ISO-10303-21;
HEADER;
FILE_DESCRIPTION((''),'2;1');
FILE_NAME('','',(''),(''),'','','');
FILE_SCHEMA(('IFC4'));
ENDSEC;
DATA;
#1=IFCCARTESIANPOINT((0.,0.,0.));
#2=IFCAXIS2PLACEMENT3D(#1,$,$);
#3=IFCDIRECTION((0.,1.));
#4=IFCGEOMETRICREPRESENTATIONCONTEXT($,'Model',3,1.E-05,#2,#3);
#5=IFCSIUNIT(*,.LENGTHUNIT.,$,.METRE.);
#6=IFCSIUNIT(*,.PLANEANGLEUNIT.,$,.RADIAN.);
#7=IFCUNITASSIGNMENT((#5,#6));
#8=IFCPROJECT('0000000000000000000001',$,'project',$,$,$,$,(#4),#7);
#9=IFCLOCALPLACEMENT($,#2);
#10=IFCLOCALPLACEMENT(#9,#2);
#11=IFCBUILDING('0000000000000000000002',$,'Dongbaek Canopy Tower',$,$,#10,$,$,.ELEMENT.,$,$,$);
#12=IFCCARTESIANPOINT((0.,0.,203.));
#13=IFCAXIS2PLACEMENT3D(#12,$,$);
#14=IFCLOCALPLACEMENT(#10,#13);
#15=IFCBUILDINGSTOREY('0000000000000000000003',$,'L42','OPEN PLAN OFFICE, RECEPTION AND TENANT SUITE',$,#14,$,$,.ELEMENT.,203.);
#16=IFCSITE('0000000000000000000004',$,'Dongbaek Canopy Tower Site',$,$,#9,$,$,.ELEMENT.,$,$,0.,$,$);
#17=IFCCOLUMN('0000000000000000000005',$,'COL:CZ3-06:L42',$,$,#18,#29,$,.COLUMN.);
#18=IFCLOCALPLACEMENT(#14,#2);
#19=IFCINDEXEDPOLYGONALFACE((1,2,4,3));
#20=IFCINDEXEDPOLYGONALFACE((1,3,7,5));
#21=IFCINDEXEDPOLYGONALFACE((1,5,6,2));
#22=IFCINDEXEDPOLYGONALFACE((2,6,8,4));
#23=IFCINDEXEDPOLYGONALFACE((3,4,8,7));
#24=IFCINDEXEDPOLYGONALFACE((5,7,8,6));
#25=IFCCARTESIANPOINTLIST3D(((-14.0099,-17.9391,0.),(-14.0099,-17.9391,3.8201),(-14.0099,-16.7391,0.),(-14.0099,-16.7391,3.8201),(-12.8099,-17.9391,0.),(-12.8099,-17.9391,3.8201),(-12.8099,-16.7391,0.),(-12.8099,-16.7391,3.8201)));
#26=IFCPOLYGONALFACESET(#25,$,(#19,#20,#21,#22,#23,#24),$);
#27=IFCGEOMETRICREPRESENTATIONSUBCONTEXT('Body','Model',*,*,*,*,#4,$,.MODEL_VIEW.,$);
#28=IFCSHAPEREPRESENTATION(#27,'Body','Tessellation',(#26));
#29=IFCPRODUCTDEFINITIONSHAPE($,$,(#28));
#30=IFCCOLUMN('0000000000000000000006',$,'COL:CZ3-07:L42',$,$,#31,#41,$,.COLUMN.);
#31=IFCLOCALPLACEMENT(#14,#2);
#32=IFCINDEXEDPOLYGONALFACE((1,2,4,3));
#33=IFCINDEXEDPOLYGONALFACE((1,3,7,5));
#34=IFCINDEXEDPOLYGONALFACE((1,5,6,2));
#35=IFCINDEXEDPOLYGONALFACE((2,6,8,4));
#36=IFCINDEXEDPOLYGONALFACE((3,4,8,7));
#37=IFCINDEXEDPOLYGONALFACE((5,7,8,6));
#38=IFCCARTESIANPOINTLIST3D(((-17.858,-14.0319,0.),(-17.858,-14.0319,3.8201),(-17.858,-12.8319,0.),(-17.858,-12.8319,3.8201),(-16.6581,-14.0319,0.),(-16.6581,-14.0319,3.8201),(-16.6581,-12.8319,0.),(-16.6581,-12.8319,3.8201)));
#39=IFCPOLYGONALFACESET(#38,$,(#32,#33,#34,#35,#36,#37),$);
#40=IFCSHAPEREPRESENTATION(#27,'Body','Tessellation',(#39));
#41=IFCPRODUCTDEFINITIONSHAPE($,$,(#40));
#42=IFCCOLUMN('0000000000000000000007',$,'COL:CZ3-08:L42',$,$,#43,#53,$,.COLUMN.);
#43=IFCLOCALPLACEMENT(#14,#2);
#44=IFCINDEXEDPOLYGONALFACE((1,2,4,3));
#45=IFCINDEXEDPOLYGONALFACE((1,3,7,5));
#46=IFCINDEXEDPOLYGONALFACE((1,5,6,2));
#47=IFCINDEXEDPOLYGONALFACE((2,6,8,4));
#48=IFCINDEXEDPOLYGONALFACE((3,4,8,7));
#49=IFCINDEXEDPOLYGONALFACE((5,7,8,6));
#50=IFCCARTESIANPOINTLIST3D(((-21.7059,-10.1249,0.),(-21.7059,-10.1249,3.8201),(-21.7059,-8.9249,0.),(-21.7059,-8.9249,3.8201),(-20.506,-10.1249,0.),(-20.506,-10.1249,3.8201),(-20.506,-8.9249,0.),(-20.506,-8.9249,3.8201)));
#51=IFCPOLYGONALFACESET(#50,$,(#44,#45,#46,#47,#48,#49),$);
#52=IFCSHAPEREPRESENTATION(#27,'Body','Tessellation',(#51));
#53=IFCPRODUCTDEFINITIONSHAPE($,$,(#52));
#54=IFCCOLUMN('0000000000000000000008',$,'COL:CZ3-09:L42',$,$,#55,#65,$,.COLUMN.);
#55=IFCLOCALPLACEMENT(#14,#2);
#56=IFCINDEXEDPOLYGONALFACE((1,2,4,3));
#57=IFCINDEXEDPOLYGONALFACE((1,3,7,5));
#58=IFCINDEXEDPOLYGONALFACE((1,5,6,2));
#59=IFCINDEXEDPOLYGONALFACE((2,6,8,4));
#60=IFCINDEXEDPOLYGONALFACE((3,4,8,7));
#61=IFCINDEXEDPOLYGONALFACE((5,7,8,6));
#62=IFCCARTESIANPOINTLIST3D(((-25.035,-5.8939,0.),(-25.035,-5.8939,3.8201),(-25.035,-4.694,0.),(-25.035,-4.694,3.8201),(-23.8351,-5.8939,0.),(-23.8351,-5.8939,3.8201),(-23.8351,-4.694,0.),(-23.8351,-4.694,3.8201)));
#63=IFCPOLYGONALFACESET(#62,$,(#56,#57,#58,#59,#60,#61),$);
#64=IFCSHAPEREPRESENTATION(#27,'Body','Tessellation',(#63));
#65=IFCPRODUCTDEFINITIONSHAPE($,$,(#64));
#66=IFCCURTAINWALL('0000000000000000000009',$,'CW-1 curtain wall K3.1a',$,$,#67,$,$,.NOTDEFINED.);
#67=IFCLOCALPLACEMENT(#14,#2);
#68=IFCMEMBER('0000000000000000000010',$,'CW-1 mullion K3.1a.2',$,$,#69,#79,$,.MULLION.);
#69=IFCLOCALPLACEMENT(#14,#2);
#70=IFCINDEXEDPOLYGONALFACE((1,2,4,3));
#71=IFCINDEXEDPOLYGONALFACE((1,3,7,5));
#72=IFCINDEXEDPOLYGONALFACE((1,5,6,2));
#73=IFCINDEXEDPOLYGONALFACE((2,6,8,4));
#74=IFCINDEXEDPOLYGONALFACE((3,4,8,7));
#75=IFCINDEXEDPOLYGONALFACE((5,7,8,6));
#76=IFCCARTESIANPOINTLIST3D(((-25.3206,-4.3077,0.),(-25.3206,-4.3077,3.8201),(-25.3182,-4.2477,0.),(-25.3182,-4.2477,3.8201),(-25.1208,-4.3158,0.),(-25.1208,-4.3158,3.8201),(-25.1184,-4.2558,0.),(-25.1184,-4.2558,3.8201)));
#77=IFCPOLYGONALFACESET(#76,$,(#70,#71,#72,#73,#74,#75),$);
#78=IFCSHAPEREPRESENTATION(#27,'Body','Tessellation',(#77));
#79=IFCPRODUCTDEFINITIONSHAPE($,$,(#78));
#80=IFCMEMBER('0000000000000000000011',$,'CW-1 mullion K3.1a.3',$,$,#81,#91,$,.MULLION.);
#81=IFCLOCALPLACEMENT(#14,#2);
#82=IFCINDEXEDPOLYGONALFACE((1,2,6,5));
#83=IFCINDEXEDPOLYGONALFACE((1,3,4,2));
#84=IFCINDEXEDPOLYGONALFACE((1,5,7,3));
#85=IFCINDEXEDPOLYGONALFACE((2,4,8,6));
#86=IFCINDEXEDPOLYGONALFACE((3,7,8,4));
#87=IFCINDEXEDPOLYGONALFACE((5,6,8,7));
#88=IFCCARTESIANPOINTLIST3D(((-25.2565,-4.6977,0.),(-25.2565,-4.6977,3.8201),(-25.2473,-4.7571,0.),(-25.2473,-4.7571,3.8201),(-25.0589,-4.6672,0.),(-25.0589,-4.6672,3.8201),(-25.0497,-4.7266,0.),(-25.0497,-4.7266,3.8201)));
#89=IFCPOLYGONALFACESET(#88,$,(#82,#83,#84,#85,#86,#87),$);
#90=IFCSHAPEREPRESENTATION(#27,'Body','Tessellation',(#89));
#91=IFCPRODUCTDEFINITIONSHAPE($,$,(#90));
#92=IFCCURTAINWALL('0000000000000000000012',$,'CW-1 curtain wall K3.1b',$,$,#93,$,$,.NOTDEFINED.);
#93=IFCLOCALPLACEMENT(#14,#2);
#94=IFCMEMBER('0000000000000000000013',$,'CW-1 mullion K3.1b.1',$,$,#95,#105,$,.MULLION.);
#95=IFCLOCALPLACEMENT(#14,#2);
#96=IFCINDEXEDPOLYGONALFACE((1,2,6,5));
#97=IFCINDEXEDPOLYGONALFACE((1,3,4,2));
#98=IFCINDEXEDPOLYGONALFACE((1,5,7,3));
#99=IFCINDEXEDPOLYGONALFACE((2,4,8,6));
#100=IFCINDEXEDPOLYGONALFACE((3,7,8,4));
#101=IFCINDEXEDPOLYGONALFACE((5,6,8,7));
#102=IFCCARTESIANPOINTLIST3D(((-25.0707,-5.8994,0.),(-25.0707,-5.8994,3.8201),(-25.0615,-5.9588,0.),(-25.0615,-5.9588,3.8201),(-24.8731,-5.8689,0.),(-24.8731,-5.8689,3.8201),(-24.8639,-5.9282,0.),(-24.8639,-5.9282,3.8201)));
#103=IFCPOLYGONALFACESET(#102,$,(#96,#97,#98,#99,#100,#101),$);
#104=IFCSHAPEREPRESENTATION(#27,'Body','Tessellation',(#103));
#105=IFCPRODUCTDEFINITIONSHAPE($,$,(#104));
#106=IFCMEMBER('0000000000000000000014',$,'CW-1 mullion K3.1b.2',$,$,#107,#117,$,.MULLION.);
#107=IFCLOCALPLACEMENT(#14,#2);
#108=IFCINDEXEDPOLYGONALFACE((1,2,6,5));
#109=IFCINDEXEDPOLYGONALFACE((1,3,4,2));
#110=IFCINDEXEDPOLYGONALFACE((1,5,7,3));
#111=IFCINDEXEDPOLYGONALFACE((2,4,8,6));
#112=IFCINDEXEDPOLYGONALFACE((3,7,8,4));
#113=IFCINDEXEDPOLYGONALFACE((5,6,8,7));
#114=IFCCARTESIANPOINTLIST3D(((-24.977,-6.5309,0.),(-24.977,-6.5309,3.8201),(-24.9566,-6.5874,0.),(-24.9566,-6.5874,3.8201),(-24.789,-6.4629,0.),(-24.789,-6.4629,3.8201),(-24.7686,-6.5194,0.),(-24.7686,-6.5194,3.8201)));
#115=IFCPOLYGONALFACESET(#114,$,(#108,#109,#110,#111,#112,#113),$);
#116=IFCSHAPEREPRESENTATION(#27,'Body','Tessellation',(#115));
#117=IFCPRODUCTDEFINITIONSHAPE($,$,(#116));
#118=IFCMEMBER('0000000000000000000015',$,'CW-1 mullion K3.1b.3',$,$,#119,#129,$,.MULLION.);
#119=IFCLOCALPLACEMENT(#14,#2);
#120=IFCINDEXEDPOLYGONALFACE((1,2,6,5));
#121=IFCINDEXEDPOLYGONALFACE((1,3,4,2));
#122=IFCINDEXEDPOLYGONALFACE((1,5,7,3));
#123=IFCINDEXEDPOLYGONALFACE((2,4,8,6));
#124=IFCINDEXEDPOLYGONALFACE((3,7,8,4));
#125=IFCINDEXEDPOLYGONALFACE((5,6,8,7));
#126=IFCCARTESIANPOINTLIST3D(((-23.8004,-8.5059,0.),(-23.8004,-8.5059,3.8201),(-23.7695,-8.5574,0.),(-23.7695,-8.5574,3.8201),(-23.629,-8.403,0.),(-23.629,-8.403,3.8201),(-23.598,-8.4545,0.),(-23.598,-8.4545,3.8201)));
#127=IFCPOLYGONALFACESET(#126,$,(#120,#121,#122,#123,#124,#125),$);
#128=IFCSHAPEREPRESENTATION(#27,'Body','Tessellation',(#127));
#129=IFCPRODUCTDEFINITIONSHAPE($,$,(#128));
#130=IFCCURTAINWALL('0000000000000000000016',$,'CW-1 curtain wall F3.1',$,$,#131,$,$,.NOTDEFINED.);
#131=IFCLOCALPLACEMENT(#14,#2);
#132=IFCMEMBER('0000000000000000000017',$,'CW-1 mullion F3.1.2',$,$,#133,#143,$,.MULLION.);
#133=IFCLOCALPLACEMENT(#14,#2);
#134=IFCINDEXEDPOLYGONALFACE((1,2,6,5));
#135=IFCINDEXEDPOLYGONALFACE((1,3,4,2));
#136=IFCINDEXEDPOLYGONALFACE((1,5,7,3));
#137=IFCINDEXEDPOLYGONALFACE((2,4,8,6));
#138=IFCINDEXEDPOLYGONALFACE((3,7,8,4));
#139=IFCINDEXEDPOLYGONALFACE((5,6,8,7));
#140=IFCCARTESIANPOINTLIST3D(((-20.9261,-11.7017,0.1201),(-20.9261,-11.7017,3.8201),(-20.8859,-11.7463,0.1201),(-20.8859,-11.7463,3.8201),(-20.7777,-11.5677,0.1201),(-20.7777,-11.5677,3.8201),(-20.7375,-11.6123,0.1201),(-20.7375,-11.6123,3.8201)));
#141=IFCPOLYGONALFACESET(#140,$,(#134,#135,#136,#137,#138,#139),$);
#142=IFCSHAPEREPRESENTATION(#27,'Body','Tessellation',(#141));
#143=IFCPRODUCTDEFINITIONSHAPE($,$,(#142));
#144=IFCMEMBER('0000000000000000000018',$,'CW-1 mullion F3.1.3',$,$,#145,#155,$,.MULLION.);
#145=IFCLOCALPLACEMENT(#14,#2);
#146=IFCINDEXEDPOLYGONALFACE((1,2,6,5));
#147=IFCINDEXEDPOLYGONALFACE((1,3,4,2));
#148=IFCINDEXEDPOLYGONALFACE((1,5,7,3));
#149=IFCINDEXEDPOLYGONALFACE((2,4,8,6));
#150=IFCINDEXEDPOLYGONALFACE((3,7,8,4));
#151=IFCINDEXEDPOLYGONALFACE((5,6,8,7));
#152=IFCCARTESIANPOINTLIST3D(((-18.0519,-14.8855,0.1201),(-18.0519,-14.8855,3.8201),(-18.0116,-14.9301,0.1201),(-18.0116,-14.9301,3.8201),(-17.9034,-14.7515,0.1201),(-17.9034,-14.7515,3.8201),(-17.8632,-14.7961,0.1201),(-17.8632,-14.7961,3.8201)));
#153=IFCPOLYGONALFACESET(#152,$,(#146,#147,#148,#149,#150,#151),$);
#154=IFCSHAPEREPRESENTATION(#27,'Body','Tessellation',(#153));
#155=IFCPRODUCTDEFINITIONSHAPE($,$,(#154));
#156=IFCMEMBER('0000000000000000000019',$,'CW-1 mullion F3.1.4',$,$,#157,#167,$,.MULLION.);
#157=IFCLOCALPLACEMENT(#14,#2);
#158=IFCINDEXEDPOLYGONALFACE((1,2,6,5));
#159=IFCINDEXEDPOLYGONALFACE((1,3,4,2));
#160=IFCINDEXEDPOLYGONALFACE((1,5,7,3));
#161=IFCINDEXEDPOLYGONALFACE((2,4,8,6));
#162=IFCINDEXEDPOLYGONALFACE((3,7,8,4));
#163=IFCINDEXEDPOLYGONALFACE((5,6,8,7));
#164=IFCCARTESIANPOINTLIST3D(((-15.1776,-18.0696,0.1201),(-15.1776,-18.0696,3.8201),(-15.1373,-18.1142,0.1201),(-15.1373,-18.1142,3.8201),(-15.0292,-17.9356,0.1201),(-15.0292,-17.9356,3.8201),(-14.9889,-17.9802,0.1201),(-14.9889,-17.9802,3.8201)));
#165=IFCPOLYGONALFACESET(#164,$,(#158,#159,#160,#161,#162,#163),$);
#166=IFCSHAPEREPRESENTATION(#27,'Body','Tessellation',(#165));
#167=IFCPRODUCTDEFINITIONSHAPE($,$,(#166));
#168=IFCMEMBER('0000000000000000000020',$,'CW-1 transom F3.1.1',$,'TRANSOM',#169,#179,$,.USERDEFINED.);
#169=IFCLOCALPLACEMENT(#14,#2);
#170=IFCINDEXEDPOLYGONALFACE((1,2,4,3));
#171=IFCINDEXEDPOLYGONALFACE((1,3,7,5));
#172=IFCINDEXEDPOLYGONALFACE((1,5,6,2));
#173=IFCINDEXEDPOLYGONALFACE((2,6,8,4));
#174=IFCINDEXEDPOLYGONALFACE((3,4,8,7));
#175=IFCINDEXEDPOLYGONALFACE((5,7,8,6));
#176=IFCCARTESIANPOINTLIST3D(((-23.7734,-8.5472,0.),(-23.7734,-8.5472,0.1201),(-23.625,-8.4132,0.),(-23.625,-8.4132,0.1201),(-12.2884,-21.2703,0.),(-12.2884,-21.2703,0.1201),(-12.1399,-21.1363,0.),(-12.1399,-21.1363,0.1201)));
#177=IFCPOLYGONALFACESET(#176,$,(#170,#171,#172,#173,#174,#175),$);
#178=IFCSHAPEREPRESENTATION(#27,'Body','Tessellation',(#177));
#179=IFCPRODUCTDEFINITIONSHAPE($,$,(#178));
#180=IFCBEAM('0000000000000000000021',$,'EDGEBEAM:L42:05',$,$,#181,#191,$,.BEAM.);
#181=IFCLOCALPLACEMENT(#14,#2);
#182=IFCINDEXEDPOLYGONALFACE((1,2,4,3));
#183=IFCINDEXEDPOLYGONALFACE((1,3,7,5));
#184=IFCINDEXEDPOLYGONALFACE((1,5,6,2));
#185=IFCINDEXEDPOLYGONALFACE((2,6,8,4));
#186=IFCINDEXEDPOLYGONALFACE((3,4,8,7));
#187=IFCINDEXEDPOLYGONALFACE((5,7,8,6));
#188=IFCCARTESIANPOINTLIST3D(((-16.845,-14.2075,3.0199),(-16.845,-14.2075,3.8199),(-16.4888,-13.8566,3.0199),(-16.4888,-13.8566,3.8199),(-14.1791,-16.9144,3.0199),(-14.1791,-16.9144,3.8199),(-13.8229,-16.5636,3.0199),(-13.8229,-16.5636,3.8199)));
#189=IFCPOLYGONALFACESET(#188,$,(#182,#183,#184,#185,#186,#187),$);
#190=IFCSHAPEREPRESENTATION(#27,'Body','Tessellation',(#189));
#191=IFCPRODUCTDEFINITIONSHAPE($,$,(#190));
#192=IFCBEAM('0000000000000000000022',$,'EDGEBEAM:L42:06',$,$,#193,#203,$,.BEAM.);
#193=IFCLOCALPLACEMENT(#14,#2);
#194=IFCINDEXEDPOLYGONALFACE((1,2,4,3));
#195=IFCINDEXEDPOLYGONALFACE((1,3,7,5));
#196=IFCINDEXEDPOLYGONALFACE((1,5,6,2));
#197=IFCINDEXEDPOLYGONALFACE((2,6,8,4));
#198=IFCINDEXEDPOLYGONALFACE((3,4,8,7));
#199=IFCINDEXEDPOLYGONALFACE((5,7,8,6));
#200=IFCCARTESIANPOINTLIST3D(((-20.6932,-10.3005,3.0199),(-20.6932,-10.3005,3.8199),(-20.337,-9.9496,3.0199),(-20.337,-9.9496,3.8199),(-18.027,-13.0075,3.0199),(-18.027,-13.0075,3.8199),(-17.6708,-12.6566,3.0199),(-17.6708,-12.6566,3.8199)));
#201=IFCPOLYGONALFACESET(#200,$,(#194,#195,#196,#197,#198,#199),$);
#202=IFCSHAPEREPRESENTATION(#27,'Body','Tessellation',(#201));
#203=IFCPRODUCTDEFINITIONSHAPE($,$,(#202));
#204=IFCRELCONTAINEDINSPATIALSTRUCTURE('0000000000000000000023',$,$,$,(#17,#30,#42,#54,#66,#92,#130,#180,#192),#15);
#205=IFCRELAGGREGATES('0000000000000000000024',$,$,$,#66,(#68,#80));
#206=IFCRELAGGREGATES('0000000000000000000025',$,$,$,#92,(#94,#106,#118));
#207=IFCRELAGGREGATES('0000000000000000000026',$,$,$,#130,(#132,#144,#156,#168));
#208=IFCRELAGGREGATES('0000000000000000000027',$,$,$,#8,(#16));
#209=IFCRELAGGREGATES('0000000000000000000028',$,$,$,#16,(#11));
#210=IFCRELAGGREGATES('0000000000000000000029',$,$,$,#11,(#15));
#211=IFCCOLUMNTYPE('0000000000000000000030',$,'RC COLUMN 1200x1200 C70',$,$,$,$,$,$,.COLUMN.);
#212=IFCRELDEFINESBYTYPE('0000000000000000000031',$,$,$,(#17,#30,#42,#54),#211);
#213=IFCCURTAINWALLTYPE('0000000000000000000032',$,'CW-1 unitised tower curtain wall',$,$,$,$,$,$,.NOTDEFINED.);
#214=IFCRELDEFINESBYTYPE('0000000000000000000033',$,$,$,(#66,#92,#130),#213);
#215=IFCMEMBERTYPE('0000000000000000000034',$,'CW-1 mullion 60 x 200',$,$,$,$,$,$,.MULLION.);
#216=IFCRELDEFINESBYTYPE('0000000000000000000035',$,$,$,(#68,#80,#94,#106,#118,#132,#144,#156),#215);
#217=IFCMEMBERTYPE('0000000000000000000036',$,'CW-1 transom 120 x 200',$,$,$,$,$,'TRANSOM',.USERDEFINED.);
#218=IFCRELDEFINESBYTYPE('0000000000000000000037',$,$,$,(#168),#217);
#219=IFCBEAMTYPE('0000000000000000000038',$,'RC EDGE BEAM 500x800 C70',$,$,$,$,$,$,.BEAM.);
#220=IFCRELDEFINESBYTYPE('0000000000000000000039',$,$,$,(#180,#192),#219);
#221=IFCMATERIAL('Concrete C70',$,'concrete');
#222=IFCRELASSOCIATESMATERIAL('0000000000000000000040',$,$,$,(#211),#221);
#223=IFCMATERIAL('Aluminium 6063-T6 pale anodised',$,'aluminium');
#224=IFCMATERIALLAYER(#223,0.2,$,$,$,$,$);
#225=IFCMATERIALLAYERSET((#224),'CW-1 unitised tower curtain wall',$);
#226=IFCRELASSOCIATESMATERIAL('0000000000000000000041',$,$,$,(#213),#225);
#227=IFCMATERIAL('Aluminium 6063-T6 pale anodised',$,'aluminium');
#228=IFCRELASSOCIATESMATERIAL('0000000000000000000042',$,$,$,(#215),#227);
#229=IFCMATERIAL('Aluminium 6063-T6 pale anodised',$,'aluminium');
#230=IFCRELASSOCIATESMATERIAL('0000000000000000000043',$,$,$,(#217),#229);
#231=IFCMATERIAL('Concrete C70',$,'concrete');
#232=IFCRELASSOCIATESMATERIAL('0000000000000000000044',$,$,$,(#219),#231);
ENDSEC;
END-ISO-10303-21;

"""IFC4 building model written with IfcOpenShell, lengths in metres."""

from ifc_helpers import new_model, si_unit, direction, frame, origin, origin_2d, place, context, subcontext, project, spatial, rectangle, extrude, material, layer, layer_set, material_profile, profile_set, type_object, element, aggregate, save


model = new_model("IFC4")

# Units and contexts
model_context = context("Model", 3, precision=1e-05, world=origin(), true_north=direction((0.0, 1.0)))
body_context = subcontext(model_context, "Body", "Model", "MODEL_VIEW")
ifc_project = project(units=[si_unit("LENGTHUNIT", "METRE"), si_unit("PLANEANGLEUNIT", "RADIAN")], contexts=[model_context])

# Site, building, storey
site_placement = place(None, origin())
site = spatial("IfcSite", under=ifc_project, at=site_placement, Name="Dongbaek Canopy Tower Site", CompositionType="ELEMENT", RefElevation=0.0)
building_placement = place(site_placement, origin())
building = spatial("IfcBuilding", under=site, at=building_placement, Name="Dongbaek Canopy Tower", CompositionType="ELEMENT")
storey_placement = place(building_placement, frame((0.0, 0.0, 203.0)))
storey = spatial("IfcBuildingStorey", under=building, at=storey_placement, Name="L42", Description="OPEN PLAN OFFICE, RECEPTION AND TENANT SUITE", CompositionType="ELEMENT", Elevation=203.0)

# Columns
ifc_material_1 = material(Name="Concrete C70", Category="concrete")
ifc_material_profile_1 = material_profile(ifc_material_1, rectangle(XDim=1.2, YDim=1.2, at=origin_2d()), Name="RC COLUMN 1200x1200 C70")
ifc_profile_set_1 = profile_set([ifc_material_profile_1], Name="Concrete C70")
column_type = type_object("IfcColumnType", Name="RC COLUMN 1200x1200 C70", PredefinedType="COLUMN", material=ifc_profile_set_1)
for number, where, z_axis, x_axis, name in (
    (1, (-13.4099, -17.3391, 0.0), (0.0, 0.0, 1.0), (1.0, 0.0, 0.0), "COL:CZ3-06:L42"),
    (2, (-17.2581, -13.4319, 0.0), (0.0, 0.0, 1.0), (1.0, 0.0, 0.0), "COL:CZ3-07:L42"),
    (3, (-21.106, -9.5249, 0.0), (0.0, 0.0, 1.0), (1.0, 0.0, 0.0), "COL:CZ3-08:L42"),
    (4, (-24.4351, -5.2939, 0.0), (0.0, 0.0, 1.0), (1.0, 0.0, 0.0), "COL:CZ3-09:L42"),
):
    element("IfcColumn", number, at=place(storey_placement, frame(where, z_axis=z_axis, x_axis=x_axis)), inside=storey, type_object=column_type, Name=name, PredefinedType="COLUMN", context=body_context, shape_type="SweptSolid", body=[
        extrude(rectangle(XDim=1.2, YDim=1.2, at=origin_2d()), origin(), (0.0, 0.0, 1.0), 3.8201),
    ])

# Curtain walls, members
ifc_material_2 = material(Name="Aluminium 6063-T6 pale anodised", Category="aluminium")
ifc_layer_1 = layer(ifc_material_2, 0.2)
ifc_layer_set_1 = layer_set([ifc_layer_1], Name="CW-1 unitised tower curtain wall")
curtain_wall_type = type_object("IfcCurtainWallType", Name="CW-1 unitised tower curtain wall", PredefinedType="NOTDEFINED", material=ifc_layer_set_1)
curtain_wall_1_placement = place(storey_placement, origin())
curtain_wall_1 = element("IfcCurtainWall", 5, at=curtain_wall_1_placement, inside=storey, type_object=curtain_wall_type, Name="CW-1 curtain wall K3.1a", PredefinedType="NOTDEFINED")
ifc_material_3 = material(Name="Aluminium 6063-T6 pale anodised", Category="aluminium")
ifc_material_profile_2 = material_profile(ifc_material_3, rectangle(XDim=0.2, YDim=0.0601, at=origin_2d()), Name="CW-1 mullion 60 x 200")
ifc_profile_set_2 = profile_set([ifc_material_profile_2], Name="Aluminium 6063-T6 pale anodised")
member_type_1 = type_object("IfcMemberType", Name="CW-1 mullion 60 x 200", PredefinedType="MULLION", material=ifc_profile_set_2)
member_1_placement = place(storey_placement, frame((-25.2195, -4.2817, 0.0), z_axis=(0.0, 0.0, 1.0), x_axis=(-0.999186, 0.040338, 0.0)))
member_1 = element("IfcMember", 6, at=member_1_placement, type_object=member_type_1, Name="CW-1 mullion K3.1a.2", PredefinedType="MULLION", context=body_context, shape_type="SweptSolid", body=[
    extrude(rectangle(XDim=0.2, YDim=0.0601, at=origin_2d()), origin(), (0.0, 0.0, 1.0), 3.8201),
])
member_2_placement = place(storey_placement, frame((-25.1531, -4.7122, 0.0), z_axis=(0.0, 0.0, 1.0), x_axis=(-0.988271, -0.152713, 0.0)))
member_2 = element("IfcMember", 7, at=member_2_placement, type_object=member_type_1, Name="CW-1 mullion K3.1a.3", PredefinedType="MULLION", context=body_context, shape_type="SweptSolid", body=[
    extrude(rectangle(XDim=0.2, YDim=0.0601, at=origin_2d()), origin(), (0.0, 0.0, 1.0), 3.8201),
])
curtain_wall_2_placement = place(storey_placement, origin())
curtain_wall_2 = element("IfcCurtainWall", 8, at=curtain_wall_2_placement, inside=storey, type_object=curtain_wall_type, Name="CW-1 curtain wall K3.1b", PredefinedType="NOTDEFINED")
member_3_placement = place(storey_placement, frame((-24.9673, -5.9138, 0.0), z_axis=(0.0, 0.0, 1.0), x_axis=(-0.988271, -0.152713, 0.0)))
member_3 = element("IfcMember", 9, at=member_3_placement, type_object=member_type_1, Name="CW-1 mullion K3.1b.1", PredefinedType="MULLION", context=body_context, shape_type="SweptSolid", body=[
    extrude(rectangle(XDim=0.2, YDim=0.0601, at=origin_2d()), origin(), (0.0, 0.0, 1.0), 3.8201),
])
member_4_placement = place(storey_placement, frame((-24.8728, -6.5251, 0.0), z_axis=(0.0, 0.0, 1.0), x_axis=(-0.940406, -0.340055, 0.0)))
member_4 = element("IfcMember", 10, at=member_4_placement, type_object=member_type_1, Name="CW-1 mullion K3.1b.2", PredefinedType="MULLION", context=body_context, shape_type="SweptSolid", body=[
    extrude(rectangle(XDim=0.2, YDim=0.0601, at=origin_2d()), origin(), (0.0, 0.0, 1.0), 3.8201),
])
member_5_placement = place(storey_placement, frame((-23.6992, -8.4802, 0.0), z_axis=(0.0, 0.0, 1.0), x_axis=(-0.857381, -0.514683, 0.0)))
member_5 = element("IfcMember", 11, at=member_5_placement, type_object=member_type_1, Name="CW-1 mullion K3.1b.3", PredefinedType="MULLION", context=body_context, shape_type="SweptSolid", body=[
    extrude(rectangle(XDim=0.2, YDim=0.0601, at=origin_2d()), origin(), (0.0, 0.0, 1.0), 3.8201),
])
curtain_wall_3_placement = place(storey_placement, origin())
curtain_wall_3 = element("IfcCurtainWall", 12, at=curtain_wall_3_placement, inside=storey, type_object=curtain_wall_type, Name="CW-1 curtain wall F3.1", PredefinedType="NOTDEFINED")
member_6_placement = place(storey_placement, frame((-20.8318, -11.657, 0.1201), z_axis=(0.0, 0.0, 1.0), x_axis=(-0.7423, -0.670068, 0.0)))
member_6 = element("IfcMember", 13, at=member_6_placement, type_object=member_type_1, Name="CW-1 mullion F3.1.2", PredefinedType="MULLION", context=body_context, shape_type="SweptSolid", body=[
    extrude(rectangle(XDim=0.2, YDim=0.0601, at=origin_2d()), origin(), (0.0, 0.0, 1.0), 3.7),
])
member_7_placement = place(storey_placement, frame((-17.9575, -14.8408, 0.1201), z_axis=(0.0, 0.0, 1.0), x_axis=(-0.7423, -0.670068, 0.0)))
member_7 = element("IfcMember", 14, at=member_7_placement, type_object=member_type_1, Name="CW-1 mullion F3.1.3", PredefinedType="MULLION", context=body_context, shape_type="SweptSolid", body=[
    extrude(rectangle(XDim=0.2, YDim=0.0601, at=origin_2d()), origin(), (0.0, 0.0, 1.0), 3.7),
])
member_8_placement = place(storey_placement, frame((-15.0833, -18.0249, 0.1201), z_axis=(0.0, 0.0, 1.0), x_axis=(-0.7423, -0.670068, 0.0)))
member_8 = element("IfcMember", 15, at=member_8_placement, type_object=member_type_1, Name="CW-1 mullion F3.1.4", PredefinedType="MULLION", context=body_context, shape_type="SweptSolid", body=[
    extrude(rectangle(XDim=0.2, YDim=0.0601, at=origin_2d()), origin(), (0.0, 0.0, 1.0), 3.7),
])
ifc_material_4 = material(Name="Aluminium 6063-T6 pale anodised", Category="aluminium")
ifc_material_profile_3 = material_profile(ifc_material_4, rectangle(XDim=0.2, YDim=0.1201, at=origin_2d()), Name="CW-1 transom 120 x 200")
ifc_profile_set_3 = profile_set([ifc_material_profile_3], Name="Aluminium 6063-T6 pale anodised")
member_type_2 = type_object("IfcMemberType", Name="CW-1 transom 120 x 200", ElementType="TRANSOM", PredefinedType="USERDEFINED", material=ifc_profile_set_3)
member_9_placement = place(storey_placement, frame((-23.6992, -8.4802, 0.0601), z_axis=(0.670069, -0.742299, 0.0), x_axis=(0.742299, 0.670069, 0.0)))
member_9 = element("IfcMember", 16, at=member_9_placement, type_object=member_type_2, Name="CW-1 transom F3.1.1", ObjectType="TRANSOM", PredefinedType="USERDEFINED", context=body_context, shape_type="SweptSolid", body=[
    extrude(rectangle(XDim=0.2, YDim=0.1201, at=origin_2d()), origin(), (0.0, 0.0, 1.0), 17.1401),
])

# Beams
ifc_material_5 = material(Name="Concrete C70", Category="concrete")
ifc_material_profile_4 = material_profile(ifc_material_5, rectangle(XDim=0.5, YDim=0.8, at=origin_2d()), Name="RC EDGE BEAM 500x800 C70")
ifc_profile_set_4 = profile_set([ifc_material_profile_4], Name="Concrete C70")
beam_type = type_object("IfcBeamType", Name="RC EDGE BEAM 500x800 C70", PredefinedType="BEAM", material=ifc_profile_set_4)
beam_1_placement = place(storey_placement, frame((-14.001, -16.739, 3.4199), z_axis=(-0.701689, 0.712484, 0.0), x_axis=(-0.712484, -0.701689, 0.0)))
element("IfcBeam", 17, at=beam_1_placement, inside=storey, type_object=beam_type, Name="EDGEBEAM:L42:05", PredefinedType="BEAM", context=body_context, shape_type="SweptSolid", body=[
    extrude(rectangle(XDim=0.5, YDim=0.8, at=origin_2d()), origin(), (0.0, 0.0, 1.0), 3.7993),
])
beam_2_placement = place(storey_placement, frame((-17.8489, -12.832, 3.4199), z_axis=(-0.701721, 0.712452, 0.0), x_axis=(-0.712452, -0.701721, 0.0)))
element("IfcBeam", 18, at=beam_2_placement, inside=storey, type_object=beam_type, Name="EDGEBEAM:L42:06", PredefinedType="BEAM", context=body_context, shape_type="SweptSolid", body=[
    extrude(rectangle(XDim=0.5, YDim=0.8, at=origin_2d()), origin(), (0.0, 0.0, 1.0), 3.7996),
])

aggregate(curtain_wall_1, [member_1, member_2])
aggregate(curtain_wall_2, [member_3, member_4, member_5])

aggregate(curtain_wall_3, [member_6, member_7, member_8, member_9])

save(model, "model.ifc")
